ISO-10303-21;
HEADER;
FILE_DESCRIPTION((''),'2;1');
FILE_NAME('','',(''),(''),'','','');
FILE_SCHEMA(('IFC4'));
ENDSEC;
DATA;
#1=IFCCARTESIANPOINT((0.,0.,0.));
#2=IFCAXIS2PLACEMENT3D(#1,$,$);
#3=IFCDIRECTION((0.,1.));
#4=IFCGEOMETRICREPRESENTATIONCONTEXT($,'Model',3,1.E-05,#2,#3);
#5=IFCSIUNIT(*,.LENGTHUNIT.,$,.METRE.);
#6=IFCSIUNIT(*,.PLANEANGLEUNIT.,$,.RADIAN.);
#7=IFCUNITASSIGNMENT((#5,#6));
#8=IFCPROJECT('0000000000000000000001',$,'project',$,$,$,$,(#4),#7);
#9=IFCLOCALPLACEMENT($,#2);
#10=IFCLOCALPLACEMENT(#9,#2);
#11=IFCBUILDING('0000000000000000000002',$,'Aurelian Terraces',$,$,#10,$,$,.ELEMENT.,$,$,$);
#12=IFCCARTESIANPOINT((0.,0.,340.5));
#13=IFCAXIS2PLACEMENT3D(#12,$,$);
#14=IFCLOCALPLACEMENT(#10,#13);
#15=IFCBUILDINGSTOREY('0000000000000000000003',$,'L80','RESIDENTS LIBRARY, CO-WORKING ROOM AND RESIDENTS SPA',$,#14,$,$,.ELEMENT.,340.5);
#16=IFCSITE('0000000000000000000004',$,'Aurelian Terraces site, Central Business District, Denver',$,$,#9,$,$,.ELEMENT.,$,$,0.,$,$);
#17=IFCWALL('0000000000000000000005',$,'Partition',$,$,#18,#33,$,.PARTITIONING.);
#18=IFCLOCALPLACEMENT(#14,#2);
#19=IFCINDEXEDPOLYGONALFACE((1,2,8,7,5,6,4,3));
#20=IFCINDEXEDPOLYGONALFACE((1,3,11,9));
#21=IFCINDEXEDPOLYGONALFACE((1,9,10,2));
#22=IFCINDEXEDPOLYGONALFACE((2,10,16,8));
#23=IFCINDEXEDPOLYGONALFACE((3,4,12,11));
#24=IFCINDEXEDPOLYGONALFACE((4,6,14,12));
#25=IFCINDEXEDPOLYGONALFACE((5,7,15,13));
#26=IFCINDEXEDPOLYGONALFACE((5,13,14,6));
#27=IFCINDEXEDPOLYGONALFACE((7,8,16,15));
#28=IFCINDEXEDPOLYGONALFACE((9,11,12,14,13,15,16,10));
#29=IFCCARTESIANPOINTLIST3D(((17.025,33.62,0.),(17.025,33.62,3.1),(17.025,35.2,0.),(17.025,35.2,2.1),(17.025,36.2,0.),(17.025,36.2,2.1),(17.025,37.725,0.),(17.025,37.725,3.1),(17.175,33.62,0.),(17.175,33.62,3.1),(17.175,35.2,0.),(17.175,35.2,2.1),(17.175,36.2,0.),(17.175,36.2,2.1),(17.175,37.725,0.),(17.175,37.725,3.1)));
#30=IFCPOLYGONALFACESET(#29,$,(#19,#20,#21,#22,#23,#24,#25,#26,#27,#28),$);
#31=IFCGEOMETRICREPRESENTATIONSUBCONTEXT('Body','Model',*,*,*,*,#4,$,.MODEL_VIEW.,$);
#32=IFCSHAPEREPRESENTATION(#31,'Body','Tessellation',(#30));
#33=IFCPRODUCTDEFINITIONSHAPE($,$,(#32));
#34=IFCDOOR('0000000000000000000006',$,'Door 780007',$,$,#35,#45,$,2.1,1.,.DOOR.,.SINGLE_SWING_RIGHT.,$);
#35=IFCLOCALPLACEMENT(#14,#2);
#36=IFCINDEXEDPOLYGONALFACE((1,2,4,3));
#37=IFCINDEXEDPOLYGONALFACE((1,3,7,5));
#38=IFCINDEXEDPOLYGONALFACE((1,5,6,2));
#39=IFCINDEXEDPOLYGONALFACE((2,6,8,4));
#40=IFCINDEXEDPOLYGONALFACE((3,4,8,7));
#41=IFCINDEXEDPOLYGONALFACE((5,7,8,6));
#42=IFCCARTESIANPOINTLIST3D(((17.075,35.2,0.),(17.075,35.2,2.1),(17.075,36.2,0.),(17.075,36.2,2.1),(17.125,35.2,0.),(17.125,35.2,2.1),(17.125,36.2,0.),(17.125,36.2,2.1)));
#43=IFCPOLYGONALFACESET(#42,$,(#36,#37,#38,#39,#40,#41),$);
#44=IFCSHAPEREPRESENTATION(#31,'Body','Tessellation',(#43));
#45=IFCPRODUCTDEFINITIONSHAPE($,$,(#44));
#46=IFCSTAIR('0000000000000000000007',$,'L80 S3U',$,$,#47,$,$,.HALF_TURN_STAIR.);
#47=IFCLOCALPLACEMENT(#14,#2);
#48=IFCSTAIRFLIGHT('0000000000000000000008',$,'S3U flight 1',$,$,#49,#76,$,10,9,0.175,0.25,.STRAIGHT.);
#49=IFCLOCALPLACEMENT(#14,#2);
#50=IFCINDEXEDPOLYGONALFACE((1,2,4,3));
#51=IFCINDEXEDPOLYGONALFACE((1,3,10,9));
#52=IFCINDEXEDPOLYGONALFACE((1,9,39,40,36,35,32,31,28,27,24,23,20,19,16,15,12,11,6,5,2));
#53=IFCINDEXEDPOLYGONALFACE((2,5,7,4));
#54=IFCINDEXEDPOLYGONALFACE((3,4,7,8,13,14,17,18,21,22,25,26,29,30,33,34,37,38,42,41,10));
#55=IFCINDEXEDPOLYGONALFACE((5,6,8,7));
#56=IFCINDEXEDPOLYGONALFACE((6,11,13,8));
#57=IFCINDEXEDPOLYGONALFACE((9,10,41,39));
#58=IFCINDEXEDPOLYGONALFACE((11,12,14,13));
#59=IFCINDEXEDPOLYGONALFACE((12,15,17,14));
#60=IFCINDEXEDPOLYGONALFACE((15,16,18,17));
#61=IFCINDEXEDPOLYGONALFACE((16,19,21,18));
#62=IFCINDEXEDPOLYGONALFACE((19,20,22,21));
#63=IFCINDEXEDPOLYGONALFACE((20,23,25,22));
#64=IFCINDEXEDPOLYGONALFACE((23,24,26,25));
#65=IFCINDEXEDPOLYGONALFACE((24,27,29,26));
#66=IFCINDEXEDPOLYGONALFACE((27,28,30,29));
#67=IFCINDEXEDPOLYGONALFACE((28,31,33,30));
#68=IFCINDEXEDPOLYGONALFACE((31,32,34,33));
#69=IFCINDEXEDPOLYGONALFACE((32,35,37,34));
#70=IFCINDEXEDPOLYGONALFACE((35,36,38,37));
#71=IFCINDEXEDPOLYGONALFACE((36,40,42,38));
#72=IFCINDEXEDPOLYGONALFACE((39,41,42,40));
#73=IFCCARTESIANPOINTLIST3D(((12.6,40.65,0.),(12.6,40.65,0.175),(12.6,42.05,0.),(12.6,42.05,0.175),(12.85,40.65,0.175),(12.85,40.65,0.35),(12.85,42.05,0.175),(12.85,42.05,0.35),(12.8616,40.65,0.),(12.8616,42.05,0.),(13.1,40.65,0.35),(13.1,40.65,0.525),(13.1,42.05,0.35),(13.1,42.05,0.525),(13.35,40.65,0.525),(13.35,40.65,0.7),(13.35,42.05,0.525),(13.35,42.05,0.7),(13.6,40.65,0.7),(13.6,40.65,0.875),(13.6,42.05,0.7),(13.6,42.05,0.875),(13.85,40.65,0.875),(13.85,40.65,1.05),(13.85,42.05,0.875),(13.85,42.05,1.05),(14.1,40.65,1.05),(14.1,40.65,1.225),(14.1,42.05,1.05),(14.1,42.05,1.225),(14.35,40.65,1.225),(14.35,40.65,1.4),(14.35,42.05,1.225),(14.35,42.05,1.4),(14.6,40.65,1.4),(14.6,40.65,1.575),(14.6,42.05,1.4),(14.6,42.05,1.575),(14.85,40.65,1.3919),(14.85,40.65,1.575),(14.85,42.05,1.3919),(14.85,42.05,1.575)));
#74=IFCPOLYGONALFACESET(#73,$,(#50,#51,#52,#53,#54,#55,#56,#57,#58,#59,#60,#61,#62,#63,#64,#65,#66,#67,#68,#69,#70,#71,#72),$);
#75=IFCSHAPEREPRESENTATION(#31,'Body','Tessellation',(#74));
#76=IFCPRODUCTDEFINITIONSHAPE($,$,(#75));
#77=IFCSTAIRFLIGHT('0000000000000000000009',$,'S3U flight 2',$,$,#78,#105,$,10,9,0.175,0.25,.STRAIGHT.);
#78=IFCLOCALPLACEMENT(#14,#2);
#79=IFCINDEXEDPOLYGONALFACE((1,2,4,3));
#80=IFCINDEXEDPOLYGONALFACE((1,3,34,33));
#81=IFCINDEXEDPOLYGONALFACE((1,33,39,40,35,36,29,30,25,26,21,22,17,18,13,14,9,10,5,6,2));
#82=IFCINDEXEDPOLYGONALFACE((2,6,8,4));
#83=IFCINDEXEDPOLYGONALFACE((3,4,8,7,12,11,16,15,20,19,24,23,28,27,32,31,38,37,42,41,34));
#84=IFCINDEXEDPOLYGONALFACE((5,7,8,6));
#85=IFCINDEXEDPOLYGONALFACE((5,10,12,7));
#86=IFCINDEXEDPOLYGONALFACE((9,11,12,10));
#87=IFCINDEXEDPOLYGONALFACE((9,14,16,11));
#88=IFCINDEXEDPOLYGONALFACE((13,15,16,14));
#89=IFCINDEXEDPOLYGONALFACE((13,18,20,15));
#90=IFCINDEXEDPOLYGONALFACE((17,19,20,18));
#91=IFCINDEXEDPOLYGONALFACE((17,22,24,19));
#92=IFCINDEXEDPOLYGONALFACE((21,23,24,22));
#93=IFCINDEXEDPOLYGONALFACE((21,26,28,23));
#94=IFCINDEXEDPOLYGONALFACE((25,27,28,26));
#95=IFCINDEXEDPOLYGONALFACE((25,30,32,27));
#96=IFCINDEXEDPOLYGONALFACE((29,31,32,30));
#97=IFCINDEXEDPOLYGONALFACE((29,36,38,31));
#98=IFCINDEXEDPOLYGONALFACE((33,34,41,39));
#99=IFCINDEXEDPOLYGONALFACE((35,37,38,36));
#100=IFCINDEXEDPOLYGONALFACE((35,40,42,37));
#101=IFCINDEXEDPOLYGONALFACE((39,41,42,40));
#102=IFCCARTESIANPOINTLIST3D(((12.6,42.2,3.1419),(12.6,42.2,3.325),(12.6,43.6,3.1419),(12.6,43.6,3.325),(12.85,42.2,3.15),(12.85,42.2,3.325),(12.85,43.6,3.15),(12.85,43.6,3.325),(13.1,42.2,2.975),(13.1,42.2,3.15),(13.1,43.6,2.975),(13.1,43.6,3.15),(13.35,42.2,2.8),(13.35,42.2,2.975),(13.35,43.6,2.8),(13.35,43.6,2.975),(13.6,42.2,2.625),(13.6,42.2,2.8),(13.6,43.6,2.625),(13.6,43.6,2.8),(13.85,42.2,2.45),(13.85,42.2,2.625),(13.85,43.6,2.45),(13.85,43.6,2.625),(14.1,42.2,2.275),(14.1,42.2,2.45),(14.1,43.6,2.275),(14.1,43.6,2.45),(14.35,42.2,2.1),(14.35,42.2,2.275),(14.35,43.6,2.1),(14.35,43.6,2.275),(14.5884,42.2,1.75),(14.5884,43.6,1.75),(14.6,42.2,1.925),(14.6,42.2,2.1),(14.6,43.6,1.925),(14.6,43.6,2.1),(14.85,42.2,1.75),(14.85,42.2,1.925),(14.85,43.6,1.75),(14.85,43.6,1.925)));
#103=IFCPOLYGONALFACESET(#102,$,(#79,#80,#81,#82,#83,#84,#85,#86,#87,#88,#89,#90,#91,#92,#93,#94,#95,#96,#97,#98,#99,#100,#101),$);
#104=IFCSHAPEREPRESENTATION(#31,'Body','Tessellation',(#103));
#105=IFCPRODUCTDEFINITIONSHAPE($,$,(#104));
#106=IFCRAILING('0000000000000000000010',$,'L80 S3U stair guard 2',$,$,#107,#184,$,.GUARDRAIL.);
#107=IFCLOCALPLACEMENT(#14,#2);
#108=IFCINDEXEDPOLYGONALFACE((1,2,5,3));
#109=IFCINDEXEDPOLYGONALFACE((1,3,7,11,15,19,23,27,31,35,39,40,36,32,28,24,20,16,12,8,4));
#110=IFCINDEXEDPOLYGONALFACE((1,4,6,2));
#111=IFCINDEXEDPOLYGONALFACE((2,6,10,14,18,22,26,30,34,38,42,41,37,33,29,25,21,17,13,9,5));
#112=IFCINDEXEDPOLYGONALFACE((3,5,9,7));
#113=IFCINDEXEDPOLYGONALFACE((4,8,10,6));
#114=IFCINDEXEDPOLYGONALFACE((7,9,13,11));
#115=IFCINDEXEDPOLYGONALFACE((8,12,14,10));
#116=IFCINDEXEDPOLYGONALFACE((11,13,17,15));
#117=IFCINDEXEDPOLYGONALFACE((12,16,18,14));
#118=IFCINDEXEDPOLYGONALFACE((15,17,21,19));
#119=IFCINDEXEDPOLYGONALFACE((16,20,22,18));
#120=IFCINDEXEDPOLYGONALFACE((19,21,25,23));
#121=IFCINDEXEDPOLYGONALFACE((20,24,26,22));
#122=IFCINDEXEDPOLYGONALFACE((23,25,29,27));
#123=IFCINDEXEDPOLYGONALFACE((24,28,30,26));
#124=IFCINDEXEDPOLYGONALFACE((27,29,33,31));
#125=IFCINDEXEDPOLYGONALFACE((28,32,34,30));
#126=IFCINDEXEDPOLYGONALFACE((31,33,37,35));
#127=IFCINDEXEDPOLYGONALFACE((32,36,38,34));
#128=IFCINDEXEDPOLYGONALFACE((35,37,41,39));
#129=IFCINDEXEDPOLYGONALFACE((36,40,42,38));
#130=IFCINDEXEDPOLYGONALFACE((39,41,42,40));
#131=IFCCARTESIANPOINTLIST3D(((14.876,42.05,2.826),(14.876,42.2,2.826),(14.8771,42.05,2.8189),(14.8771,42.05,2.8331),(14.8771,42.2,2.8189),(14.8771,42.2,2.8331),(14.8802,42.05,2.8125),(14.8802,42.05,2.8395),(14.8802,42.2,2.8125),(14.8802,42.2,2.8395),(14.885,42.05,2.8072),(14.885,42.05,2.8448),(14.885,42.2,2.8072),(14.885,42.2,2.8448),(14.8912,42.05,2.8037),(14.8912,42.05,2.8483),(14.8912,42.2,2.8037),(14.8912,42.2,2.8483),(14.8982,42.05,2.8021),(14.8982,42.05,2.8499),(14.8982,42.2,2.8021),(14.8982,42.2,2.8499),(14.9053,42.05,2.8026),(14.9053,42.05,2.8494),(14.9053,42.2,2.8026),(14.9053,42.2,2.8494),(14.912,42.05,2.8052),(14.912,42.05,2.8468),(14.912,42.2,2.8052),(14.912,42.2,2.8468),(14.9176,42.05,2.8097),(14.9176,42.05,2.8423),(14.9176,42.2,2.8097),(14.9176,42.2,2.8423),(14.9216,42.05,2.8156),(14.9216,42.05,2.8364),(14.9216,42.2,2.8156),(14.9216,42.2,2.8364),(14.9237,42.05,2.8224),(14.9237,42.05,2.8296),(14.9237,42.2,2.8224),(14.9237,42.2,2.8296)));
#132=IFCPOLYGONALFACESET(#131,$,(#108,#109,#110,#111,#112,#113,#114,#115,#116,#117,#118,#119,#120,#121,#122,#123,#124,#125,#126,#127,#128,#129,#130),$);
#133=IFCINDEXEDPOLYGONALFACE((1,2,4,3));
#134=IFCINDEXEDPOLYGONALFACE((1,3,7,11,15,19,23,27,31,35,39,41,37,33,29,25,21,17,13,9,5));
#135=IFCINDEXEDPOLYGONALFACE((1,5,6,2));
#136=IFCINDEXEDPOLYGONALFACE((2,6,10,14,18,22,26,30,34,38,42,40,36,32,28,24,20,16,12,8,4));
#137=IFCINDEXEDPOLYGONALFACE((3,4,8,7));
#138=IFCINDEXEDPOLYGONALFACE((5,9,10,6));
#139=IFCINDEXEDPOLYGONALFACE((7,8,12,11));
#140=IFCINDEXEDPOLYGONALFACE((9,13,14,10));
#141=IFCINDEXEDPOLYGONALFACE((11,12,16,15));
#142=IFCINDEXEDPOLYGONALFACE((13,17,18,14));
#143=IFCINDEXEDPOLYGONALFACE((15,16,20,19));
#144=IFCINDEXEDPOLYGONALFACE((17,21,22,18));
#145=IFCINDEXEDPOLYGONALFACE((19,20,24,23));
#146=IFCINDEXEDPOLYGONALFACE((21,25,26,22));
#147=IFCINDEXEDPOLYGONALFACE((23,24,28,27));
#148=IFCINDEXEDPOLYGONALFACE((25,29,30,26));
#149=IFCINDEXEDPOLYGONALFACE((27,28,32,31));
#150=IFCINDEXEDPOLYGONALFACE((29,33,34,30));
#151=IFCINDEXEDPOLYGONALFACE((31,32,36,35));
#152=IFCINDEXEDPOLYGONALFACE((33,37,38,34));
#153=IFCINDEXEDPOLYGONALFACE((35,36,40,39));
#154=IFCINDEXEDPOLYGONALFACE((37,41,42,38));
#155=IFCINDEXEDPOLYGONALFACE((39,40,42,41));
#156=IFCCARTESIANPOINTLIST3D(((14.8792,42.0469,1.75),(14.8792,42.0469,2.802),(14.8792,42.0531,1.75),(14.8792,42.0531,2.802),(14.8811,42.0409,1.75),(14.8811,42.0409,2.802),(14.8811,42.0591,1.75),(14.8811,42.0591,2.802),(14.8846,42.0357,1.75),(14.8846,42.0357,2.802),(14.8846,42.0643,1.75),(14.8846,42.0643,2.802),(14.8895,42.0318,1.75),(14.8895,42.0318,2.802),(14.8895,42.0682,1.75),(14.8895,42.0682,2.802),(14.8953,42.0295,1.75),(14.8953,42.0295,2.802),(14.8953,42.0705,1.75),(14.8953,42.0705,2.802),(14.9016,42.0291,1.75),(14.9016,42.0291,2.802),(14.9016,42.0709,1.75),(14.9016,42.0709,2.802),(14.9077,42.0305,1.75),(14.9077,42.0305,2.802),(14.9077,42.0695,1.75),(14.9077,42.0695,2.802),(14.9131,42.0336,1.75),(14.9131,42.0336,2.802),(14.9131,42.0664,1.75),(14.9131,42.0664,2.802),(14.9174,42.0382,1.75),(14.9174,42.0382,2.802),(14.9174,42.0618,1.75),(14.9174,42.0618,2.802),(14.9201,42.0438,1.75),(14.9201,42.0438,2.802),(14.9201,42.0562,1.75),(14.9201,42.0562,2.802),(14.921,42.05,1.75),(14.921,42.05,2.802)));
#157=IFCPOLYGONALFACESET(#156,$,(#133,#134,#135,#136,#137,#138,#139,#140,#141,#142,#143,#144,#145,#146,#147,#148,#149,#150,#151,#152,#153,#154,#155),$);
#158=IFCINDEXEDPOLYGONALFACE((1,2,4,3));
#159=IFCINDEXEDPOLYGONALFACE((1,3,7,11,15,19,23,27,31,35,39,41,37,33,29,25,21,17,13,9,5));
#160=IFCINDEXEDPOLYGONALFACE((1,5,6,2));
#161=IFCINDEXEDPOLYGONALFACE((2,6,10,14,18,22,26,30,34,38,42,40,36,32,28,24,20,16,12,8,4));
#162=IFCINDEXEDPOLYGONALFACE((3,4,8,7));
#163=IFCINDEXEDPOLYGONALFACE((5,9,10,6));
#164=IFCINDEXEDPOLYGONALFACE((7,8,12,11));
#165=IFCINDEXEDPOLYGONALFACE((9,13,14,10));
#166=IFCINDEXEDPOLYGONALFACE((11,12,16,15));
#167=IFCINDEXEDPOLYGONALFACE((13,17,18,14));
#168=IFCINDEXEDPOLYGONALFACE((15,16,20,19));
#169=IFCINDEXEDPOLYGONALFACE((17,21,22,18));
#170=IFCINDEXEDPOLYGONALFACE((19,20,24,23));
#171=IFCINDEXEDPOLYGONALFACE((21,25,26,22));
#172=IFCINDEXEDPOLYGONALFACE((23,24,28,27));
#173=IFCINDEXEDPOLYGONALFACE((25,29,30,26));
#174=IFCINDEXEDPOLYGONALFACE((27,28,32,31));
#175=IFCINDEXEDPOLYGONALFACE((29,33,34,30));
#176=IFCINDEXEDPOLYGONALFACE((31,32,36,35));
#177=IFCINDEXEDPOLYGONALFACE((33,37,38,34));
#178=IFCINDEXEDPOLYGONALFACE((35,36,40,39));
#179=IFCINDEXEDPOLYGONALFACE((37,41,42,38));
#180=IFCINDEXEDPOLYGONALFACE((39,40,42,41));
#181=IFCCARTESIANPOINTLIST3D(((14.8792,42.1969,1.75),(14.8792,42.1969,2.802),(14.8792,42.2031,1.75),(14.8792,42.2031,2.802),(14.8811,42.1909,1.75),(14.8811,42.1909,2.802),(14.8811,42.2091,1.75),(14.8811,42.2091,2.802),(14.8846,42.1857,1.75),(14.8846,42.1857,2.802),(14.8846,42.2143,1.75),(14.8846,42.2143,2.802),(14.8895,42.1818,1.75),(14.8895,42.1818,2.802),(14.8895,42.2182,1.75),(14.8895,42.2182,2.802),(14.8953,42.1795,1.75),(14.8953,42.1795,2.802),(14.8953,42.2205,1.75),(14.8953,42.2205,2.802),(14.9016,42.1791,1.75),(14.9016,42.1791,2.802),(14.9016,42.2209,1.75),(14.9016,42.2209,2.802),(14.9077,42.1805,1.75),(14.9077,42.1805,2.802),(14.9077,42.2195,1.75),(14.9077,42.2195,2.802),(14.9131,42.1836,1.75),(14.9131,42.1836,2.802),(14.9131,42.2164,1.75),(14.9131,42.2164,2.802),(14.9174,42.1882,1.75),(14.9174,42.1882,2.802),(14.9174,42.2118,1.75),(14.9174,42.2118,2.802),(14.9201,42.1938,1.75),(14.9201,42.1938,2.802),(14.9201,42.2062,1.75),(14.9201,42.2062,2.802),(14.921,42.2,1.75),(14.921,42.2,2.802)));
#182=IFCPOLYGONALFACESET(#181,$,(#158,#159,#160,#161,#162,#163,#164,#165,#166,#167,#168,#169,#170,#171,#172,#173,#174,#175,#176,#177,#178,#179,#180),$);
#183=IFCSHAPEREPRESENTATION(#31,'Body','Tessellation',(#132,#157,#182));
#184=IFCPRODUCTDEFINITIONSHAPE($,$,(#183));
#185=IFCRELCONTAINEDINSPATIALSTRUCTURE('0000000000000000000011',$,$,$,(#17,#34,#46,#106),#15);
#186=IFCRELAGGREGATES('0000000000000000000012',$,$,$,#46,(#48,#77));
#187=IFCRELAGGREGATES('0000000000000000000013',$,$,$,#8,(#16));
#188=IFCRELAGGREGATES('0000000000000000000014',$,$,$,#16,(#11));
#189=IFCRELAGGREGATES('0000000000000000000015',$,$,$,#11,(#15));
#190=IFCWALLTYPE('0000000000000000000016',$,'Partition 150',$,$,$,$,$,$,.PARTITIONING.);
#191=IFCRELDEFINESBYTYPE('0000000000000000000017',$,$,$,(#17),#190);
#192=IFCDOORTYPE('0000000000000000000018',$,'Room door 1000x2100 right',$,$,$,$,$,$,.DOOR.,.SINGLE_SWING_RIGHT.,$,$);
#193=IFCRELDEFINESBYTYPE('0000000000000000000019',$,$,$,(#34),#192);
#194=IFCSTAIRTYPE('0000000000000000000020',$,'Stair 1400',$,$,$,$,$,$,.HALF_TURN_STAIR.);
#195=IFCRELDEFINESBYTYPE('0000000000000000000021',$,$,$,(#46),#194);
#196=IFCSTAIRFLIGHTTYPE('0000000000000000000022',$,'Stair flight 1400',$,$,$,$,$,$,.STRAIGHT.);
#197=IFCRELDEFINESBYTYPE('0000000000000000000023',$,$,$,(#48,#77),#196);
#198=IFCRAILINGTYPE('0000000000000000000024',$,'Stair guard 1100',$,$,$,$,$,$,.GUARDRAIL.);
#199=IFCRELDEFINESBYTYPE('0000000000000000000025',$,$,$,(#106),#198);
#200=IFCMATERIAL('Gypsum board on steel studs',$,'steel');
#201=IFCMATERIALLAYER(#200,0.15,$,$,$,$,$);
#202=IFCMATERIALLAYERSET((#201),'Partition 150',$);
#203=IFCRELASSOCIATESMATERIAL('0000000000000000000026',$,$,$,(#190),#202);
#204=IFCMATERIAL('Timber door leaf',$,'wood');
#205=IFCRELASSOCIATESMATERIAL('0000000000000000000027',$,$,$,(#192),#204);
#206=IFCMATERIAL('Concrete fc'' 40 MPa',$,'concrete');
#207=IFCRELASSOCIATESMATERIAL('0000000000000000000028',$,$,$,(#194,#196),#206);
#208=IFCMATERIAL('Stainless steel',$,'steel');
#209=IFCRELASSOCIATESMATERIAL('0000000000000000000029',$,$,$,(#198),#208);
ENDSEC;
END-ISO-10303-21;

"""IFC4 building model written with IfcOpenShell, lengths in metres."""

from ifc_helpers import new_model, si_unit, direction, frame, frame_2d, origin, origin_2d, place, context, subcontext, project, spatial, polyline, rectangle, circle, outline, extrude, source, transform, mapped, material, layer, layer_set, type_object, element, fill, aggregate, save


model = new_model("IFC4")

# Units and contexts
model_context = context("Model", 3, precision=1e-05, world=origin(), true_north=direction((0.0, 1.0)))
body_context = subcontext(model_context, "Body", "Model", "MODEL_VIEW")
ifc_project = project(units=[si_unit("LENGTHUNIT", "METRE"), si_unit("PLANEANGLEUNIT", "RADIAN")], contexts=[model_context])

# Site, building, storey
site_placement = place(None, origin())
site = spatial("IfcSite", under=ifc_project, at=site_placement, Name="Aurelian Terraces site, Central Business District, Denver", CompositionType="ELEMENT", RefElevation=0.0)
building_placement = place(site_placement, origin())
building = spatial("IfcBuilding", under=site, at=building_placement, Name="Aurelian Terraces", CompositionType="ELEMENT")
storey_placement = place(building_placement, frame((0.0, 0.0, 340.5)))
storey = spatial("IfcBuildingStorey", under=building, at=storey_placement, Name="L80", Description="RESIDENTS LIBRARY, CO-WORKING ROOM AND RESIDENTS SPA", CompositionType="ELEMENT", Elevation=340.5)

# Shared definitions
ifc_material_1 = material(Name="Concrete fc' 40 MPa", Category="concrete")

# Shared definitions
ifc_material_2 = material(Name="Timber door leaf", Category="wood")
shared_shape_1 = source(origin(), body_context, "Body", "SweptSolid", [
    extrude(rectangle(XDim=1.0, YDim=2.1, at=frame_2d((0.5, 1.05))), frame((0.0, 0.025, 0.0), z_axis=(0.0, -1.0, 0.0), x_axis=(1.0, 0.0, 0.0)), (0.0, 0.0, 1.0), 0.05),
])

# Shared definitions
ifc_material_3 = material(Name="Gypsum board on steel studs", Category="steel")

# Wall, opening, door
ifc_layer_1 = layer(ifc_material_3, 0.15)
ifc_layer_set_1 = layer_set([ifc_layer_1], Name="Partition 150")
wall_type_1 = type_object("IfcWallType", Name="Partition 150", PredefinedType="PARTITIONING", material=ifc_layer_set_1)
shared_shape_2 = source(origin(), body_context, "Body", "SweptSolid", [
    extrude(rectangle(XDim=1.0, YDim=2.1, at=frame_2d((0.5, 1.05))), frame((0.0, 0.085, 0.0), z_axis=(0.0, -1.0, 0.0), x_axis=(1.0, 0.0, 0.0)), (0.0, 0.0, 1.0), 0.17),
])
shared_shape_3 = source(origin(), body_context, "Body", "SweptSolid", [
    extrude(rectangle(XDim=4.105, YDim=0.15, at=frame_2d((2.0525, 0.0))), origin(), (0.0, 0.0, 1.0), 3.1),
])
wall_1_placement = place(storey_placement, frame((17.1, 37.725, 0.0), z_axis=(0.0, 0.0, 1.0), x_axis=(0.0, -1.0, 0.0)))
wall_1 = element("IfcWall", 1, at=wall_1_placement, inside=storey, type_object=wall_type_1, Name="Partition", PredefinedType="PARTITIONING", context=body_context, shape_type="MappedRepresentation", body=[
    mapped(shared_shape_3, transform((0.0, 0.0, 0.0), scale=1.0)),
])
opening_1_placement = place(wall_1_placement, frame((1.525, 0.0, 0.0)))
opening_1 = element("IfcOpeningElement", 2, at=opening_1_placement, cuts=wall_1, PredefinedType="OPENING", context=body_context, shape_type="MappedRepresentation", body=[
    mapped(shared_shape_2, transform((0.0, 0.0, 0.0), scale=1.0)),
])
door_type_1 = type_object("IfcDoorType", Name="Room door 1000x2100 right", OperationType="SINGLE_SWING_RIGHT", PredefinedType="DOOR", material=ifc_material_2)
door_1_placement = place(opening_1_placement, origin())
door_1 = element("IfcDoor", 3, at=door_1_placement, inside=storey, type_object=door_type_1, Name="Door 780007", OperationType="SINGLE_SWING_RIGHT", OverallHeight=2.1, OverallWidth=1.0, PredefinedType="DOOR", context=body_context, shape_type="MappedRepresentation", body=[
    mapped(shared_shape_1, transform((0.0, 0.0, 0.0), scale=1.0)),
])
fill(opening_1, door_1)

# Stair, stair flights
stair_type = type_object("IfcStairType", Name="Stair 1400", PredefinedType="HALF_TURN_STAIR", material=ifc_material_1)
stair_placement = place(storey_placement, origin())
stair = element("IfcStair", 4, at=stair_placement, inside=storey, type_object=stair_type, Name="L80 S3U", PredefinedType="HALF_TURN_STAIR")
stair_flight_type = type_object("IfcStairFlightType", Name="Stair flight 1400", PredefinedType="STRAIGHT", material=ifc_material_1)
shared_shape_4 = source(origin(), body_context, "Body", "SweptSolid", [
    extrude(outline(polyline([(0.0, 0.0), (0.0, 0.175), (0.25, 0.175), (0.25, 0.35), (0.5, 0.35), (0.5, 0.525), (0.75, 0.525), (0.75, 0.7), (1.0, 0.7), (1.0, 0.875), (1.25, 0.875), (1.25, 1.05), (1.5, 1.05), (1.5, 1.225), (1.75, 1.225), (1.75, 1.4), (2.0, 1.4), (2.0, 1.575), (2.25, 1.575), (2.25, 1.75), (2.25, 1.3919), (0.2616, 0.0), (0.0, 0.0)])), frame((0.0, 0.7, 0.0), z_axis=(0.0, -1.0, 0.0), x_axis=(1.0, 0.0, 0.0)), (0.0, 0.0, 1.0), 1.4),
])
stair_flight_1_placement = place(storey_placement, frame((12.6, 41.35, 0.0), z_axis=(0.0, 0.0, 1.0), x_axis=(1.0, 0.0, 0.0)))
stair_flight_1 = element("IfcStairFlight", 5, at=stair_flight_1_placement, type_object=stair_flight_type, Name="S3U flight 1", NumberOfRisers=10, NumberOfTreads=9, PredefinedType="STRAIGHT", RiserHeight=0.175, TreadLength=0.25, context=body_context, shape_type="MappedRepresentation", body=[
    mapped(shared_shape_4, transform((0.0, 0.0, 0.0), scale=1.0)),
])
stair_flight_2_placement = place(storey_placement, frame((14.85, 42.9, 1.75), z_axis=(0.0, 0.0, 1.0), x_axis=(-1.0, 0.0, 0.0)))
stair_flight_2 = element("IfcStairFlight", 6, at=stair_flight_2_placement, type_object=stair_flight_type, Name="S3U flight 2", NumberOfRisers=10, NumberOfTreads=9, PredefinedType="STRAIGHT", RiserHeight=0.175, TreadLength=0.25, context=body_context, shape_type="MappedRepresentation", body=[
    mapped(shared_shape_4, transform((0.0, 0.0, 0.0), scale=1.0)),
])
aggregate(stair, [stair_flight_1, stair_flight_2])

# Railing
ifc_material_4 = material(Name="Stainless steel", Category="steel")
railing_type_1 = type_object("IfcRailingType", Name="Stair guard 1100", PredefinedType="GUARDRAIL", material=ifc_material_4)
shared_shape_5 = source(origin(), body_context, "Body", "SweptSolid", [
    extrude(circle(Radius=0.024, at=origin_2d()), frame((0.0, 0.0, 1.076), z_axis=(0.0, 1.0, 0.0), x_axis=(-1.0, 0.0, 0.0)), (0.0, 0.0, 1.0), 0.15),
    extrude(circle(Radius=0.021, at=origin_2d()), origin(), (0.0, 0.0, 1.0), 1.052),
    extrude(circle(Radius=0.021, at=origin_2d()), frame((0.0, 0.15, 0.0)), (0.0, 0.0, 1.0), 1.052),
])
for number, where, name in (
    (7, (14.9, 42.05, 1.75), "L80 S3U stair guard 2"),
):
    element("IfcRailing", number, at=place(storey_placement, frame(where)), inside=storey, type_object=railing_type_1, Name=name, PredefinedType="GUARDRAIL", context=body_context, shape_type="MappedRepresentation", body=[
        mapped(shared_shape_5, transform((0.0, 0.0, 0.0), scale=1.0)),
    ])

save(model, "model.ifc")
